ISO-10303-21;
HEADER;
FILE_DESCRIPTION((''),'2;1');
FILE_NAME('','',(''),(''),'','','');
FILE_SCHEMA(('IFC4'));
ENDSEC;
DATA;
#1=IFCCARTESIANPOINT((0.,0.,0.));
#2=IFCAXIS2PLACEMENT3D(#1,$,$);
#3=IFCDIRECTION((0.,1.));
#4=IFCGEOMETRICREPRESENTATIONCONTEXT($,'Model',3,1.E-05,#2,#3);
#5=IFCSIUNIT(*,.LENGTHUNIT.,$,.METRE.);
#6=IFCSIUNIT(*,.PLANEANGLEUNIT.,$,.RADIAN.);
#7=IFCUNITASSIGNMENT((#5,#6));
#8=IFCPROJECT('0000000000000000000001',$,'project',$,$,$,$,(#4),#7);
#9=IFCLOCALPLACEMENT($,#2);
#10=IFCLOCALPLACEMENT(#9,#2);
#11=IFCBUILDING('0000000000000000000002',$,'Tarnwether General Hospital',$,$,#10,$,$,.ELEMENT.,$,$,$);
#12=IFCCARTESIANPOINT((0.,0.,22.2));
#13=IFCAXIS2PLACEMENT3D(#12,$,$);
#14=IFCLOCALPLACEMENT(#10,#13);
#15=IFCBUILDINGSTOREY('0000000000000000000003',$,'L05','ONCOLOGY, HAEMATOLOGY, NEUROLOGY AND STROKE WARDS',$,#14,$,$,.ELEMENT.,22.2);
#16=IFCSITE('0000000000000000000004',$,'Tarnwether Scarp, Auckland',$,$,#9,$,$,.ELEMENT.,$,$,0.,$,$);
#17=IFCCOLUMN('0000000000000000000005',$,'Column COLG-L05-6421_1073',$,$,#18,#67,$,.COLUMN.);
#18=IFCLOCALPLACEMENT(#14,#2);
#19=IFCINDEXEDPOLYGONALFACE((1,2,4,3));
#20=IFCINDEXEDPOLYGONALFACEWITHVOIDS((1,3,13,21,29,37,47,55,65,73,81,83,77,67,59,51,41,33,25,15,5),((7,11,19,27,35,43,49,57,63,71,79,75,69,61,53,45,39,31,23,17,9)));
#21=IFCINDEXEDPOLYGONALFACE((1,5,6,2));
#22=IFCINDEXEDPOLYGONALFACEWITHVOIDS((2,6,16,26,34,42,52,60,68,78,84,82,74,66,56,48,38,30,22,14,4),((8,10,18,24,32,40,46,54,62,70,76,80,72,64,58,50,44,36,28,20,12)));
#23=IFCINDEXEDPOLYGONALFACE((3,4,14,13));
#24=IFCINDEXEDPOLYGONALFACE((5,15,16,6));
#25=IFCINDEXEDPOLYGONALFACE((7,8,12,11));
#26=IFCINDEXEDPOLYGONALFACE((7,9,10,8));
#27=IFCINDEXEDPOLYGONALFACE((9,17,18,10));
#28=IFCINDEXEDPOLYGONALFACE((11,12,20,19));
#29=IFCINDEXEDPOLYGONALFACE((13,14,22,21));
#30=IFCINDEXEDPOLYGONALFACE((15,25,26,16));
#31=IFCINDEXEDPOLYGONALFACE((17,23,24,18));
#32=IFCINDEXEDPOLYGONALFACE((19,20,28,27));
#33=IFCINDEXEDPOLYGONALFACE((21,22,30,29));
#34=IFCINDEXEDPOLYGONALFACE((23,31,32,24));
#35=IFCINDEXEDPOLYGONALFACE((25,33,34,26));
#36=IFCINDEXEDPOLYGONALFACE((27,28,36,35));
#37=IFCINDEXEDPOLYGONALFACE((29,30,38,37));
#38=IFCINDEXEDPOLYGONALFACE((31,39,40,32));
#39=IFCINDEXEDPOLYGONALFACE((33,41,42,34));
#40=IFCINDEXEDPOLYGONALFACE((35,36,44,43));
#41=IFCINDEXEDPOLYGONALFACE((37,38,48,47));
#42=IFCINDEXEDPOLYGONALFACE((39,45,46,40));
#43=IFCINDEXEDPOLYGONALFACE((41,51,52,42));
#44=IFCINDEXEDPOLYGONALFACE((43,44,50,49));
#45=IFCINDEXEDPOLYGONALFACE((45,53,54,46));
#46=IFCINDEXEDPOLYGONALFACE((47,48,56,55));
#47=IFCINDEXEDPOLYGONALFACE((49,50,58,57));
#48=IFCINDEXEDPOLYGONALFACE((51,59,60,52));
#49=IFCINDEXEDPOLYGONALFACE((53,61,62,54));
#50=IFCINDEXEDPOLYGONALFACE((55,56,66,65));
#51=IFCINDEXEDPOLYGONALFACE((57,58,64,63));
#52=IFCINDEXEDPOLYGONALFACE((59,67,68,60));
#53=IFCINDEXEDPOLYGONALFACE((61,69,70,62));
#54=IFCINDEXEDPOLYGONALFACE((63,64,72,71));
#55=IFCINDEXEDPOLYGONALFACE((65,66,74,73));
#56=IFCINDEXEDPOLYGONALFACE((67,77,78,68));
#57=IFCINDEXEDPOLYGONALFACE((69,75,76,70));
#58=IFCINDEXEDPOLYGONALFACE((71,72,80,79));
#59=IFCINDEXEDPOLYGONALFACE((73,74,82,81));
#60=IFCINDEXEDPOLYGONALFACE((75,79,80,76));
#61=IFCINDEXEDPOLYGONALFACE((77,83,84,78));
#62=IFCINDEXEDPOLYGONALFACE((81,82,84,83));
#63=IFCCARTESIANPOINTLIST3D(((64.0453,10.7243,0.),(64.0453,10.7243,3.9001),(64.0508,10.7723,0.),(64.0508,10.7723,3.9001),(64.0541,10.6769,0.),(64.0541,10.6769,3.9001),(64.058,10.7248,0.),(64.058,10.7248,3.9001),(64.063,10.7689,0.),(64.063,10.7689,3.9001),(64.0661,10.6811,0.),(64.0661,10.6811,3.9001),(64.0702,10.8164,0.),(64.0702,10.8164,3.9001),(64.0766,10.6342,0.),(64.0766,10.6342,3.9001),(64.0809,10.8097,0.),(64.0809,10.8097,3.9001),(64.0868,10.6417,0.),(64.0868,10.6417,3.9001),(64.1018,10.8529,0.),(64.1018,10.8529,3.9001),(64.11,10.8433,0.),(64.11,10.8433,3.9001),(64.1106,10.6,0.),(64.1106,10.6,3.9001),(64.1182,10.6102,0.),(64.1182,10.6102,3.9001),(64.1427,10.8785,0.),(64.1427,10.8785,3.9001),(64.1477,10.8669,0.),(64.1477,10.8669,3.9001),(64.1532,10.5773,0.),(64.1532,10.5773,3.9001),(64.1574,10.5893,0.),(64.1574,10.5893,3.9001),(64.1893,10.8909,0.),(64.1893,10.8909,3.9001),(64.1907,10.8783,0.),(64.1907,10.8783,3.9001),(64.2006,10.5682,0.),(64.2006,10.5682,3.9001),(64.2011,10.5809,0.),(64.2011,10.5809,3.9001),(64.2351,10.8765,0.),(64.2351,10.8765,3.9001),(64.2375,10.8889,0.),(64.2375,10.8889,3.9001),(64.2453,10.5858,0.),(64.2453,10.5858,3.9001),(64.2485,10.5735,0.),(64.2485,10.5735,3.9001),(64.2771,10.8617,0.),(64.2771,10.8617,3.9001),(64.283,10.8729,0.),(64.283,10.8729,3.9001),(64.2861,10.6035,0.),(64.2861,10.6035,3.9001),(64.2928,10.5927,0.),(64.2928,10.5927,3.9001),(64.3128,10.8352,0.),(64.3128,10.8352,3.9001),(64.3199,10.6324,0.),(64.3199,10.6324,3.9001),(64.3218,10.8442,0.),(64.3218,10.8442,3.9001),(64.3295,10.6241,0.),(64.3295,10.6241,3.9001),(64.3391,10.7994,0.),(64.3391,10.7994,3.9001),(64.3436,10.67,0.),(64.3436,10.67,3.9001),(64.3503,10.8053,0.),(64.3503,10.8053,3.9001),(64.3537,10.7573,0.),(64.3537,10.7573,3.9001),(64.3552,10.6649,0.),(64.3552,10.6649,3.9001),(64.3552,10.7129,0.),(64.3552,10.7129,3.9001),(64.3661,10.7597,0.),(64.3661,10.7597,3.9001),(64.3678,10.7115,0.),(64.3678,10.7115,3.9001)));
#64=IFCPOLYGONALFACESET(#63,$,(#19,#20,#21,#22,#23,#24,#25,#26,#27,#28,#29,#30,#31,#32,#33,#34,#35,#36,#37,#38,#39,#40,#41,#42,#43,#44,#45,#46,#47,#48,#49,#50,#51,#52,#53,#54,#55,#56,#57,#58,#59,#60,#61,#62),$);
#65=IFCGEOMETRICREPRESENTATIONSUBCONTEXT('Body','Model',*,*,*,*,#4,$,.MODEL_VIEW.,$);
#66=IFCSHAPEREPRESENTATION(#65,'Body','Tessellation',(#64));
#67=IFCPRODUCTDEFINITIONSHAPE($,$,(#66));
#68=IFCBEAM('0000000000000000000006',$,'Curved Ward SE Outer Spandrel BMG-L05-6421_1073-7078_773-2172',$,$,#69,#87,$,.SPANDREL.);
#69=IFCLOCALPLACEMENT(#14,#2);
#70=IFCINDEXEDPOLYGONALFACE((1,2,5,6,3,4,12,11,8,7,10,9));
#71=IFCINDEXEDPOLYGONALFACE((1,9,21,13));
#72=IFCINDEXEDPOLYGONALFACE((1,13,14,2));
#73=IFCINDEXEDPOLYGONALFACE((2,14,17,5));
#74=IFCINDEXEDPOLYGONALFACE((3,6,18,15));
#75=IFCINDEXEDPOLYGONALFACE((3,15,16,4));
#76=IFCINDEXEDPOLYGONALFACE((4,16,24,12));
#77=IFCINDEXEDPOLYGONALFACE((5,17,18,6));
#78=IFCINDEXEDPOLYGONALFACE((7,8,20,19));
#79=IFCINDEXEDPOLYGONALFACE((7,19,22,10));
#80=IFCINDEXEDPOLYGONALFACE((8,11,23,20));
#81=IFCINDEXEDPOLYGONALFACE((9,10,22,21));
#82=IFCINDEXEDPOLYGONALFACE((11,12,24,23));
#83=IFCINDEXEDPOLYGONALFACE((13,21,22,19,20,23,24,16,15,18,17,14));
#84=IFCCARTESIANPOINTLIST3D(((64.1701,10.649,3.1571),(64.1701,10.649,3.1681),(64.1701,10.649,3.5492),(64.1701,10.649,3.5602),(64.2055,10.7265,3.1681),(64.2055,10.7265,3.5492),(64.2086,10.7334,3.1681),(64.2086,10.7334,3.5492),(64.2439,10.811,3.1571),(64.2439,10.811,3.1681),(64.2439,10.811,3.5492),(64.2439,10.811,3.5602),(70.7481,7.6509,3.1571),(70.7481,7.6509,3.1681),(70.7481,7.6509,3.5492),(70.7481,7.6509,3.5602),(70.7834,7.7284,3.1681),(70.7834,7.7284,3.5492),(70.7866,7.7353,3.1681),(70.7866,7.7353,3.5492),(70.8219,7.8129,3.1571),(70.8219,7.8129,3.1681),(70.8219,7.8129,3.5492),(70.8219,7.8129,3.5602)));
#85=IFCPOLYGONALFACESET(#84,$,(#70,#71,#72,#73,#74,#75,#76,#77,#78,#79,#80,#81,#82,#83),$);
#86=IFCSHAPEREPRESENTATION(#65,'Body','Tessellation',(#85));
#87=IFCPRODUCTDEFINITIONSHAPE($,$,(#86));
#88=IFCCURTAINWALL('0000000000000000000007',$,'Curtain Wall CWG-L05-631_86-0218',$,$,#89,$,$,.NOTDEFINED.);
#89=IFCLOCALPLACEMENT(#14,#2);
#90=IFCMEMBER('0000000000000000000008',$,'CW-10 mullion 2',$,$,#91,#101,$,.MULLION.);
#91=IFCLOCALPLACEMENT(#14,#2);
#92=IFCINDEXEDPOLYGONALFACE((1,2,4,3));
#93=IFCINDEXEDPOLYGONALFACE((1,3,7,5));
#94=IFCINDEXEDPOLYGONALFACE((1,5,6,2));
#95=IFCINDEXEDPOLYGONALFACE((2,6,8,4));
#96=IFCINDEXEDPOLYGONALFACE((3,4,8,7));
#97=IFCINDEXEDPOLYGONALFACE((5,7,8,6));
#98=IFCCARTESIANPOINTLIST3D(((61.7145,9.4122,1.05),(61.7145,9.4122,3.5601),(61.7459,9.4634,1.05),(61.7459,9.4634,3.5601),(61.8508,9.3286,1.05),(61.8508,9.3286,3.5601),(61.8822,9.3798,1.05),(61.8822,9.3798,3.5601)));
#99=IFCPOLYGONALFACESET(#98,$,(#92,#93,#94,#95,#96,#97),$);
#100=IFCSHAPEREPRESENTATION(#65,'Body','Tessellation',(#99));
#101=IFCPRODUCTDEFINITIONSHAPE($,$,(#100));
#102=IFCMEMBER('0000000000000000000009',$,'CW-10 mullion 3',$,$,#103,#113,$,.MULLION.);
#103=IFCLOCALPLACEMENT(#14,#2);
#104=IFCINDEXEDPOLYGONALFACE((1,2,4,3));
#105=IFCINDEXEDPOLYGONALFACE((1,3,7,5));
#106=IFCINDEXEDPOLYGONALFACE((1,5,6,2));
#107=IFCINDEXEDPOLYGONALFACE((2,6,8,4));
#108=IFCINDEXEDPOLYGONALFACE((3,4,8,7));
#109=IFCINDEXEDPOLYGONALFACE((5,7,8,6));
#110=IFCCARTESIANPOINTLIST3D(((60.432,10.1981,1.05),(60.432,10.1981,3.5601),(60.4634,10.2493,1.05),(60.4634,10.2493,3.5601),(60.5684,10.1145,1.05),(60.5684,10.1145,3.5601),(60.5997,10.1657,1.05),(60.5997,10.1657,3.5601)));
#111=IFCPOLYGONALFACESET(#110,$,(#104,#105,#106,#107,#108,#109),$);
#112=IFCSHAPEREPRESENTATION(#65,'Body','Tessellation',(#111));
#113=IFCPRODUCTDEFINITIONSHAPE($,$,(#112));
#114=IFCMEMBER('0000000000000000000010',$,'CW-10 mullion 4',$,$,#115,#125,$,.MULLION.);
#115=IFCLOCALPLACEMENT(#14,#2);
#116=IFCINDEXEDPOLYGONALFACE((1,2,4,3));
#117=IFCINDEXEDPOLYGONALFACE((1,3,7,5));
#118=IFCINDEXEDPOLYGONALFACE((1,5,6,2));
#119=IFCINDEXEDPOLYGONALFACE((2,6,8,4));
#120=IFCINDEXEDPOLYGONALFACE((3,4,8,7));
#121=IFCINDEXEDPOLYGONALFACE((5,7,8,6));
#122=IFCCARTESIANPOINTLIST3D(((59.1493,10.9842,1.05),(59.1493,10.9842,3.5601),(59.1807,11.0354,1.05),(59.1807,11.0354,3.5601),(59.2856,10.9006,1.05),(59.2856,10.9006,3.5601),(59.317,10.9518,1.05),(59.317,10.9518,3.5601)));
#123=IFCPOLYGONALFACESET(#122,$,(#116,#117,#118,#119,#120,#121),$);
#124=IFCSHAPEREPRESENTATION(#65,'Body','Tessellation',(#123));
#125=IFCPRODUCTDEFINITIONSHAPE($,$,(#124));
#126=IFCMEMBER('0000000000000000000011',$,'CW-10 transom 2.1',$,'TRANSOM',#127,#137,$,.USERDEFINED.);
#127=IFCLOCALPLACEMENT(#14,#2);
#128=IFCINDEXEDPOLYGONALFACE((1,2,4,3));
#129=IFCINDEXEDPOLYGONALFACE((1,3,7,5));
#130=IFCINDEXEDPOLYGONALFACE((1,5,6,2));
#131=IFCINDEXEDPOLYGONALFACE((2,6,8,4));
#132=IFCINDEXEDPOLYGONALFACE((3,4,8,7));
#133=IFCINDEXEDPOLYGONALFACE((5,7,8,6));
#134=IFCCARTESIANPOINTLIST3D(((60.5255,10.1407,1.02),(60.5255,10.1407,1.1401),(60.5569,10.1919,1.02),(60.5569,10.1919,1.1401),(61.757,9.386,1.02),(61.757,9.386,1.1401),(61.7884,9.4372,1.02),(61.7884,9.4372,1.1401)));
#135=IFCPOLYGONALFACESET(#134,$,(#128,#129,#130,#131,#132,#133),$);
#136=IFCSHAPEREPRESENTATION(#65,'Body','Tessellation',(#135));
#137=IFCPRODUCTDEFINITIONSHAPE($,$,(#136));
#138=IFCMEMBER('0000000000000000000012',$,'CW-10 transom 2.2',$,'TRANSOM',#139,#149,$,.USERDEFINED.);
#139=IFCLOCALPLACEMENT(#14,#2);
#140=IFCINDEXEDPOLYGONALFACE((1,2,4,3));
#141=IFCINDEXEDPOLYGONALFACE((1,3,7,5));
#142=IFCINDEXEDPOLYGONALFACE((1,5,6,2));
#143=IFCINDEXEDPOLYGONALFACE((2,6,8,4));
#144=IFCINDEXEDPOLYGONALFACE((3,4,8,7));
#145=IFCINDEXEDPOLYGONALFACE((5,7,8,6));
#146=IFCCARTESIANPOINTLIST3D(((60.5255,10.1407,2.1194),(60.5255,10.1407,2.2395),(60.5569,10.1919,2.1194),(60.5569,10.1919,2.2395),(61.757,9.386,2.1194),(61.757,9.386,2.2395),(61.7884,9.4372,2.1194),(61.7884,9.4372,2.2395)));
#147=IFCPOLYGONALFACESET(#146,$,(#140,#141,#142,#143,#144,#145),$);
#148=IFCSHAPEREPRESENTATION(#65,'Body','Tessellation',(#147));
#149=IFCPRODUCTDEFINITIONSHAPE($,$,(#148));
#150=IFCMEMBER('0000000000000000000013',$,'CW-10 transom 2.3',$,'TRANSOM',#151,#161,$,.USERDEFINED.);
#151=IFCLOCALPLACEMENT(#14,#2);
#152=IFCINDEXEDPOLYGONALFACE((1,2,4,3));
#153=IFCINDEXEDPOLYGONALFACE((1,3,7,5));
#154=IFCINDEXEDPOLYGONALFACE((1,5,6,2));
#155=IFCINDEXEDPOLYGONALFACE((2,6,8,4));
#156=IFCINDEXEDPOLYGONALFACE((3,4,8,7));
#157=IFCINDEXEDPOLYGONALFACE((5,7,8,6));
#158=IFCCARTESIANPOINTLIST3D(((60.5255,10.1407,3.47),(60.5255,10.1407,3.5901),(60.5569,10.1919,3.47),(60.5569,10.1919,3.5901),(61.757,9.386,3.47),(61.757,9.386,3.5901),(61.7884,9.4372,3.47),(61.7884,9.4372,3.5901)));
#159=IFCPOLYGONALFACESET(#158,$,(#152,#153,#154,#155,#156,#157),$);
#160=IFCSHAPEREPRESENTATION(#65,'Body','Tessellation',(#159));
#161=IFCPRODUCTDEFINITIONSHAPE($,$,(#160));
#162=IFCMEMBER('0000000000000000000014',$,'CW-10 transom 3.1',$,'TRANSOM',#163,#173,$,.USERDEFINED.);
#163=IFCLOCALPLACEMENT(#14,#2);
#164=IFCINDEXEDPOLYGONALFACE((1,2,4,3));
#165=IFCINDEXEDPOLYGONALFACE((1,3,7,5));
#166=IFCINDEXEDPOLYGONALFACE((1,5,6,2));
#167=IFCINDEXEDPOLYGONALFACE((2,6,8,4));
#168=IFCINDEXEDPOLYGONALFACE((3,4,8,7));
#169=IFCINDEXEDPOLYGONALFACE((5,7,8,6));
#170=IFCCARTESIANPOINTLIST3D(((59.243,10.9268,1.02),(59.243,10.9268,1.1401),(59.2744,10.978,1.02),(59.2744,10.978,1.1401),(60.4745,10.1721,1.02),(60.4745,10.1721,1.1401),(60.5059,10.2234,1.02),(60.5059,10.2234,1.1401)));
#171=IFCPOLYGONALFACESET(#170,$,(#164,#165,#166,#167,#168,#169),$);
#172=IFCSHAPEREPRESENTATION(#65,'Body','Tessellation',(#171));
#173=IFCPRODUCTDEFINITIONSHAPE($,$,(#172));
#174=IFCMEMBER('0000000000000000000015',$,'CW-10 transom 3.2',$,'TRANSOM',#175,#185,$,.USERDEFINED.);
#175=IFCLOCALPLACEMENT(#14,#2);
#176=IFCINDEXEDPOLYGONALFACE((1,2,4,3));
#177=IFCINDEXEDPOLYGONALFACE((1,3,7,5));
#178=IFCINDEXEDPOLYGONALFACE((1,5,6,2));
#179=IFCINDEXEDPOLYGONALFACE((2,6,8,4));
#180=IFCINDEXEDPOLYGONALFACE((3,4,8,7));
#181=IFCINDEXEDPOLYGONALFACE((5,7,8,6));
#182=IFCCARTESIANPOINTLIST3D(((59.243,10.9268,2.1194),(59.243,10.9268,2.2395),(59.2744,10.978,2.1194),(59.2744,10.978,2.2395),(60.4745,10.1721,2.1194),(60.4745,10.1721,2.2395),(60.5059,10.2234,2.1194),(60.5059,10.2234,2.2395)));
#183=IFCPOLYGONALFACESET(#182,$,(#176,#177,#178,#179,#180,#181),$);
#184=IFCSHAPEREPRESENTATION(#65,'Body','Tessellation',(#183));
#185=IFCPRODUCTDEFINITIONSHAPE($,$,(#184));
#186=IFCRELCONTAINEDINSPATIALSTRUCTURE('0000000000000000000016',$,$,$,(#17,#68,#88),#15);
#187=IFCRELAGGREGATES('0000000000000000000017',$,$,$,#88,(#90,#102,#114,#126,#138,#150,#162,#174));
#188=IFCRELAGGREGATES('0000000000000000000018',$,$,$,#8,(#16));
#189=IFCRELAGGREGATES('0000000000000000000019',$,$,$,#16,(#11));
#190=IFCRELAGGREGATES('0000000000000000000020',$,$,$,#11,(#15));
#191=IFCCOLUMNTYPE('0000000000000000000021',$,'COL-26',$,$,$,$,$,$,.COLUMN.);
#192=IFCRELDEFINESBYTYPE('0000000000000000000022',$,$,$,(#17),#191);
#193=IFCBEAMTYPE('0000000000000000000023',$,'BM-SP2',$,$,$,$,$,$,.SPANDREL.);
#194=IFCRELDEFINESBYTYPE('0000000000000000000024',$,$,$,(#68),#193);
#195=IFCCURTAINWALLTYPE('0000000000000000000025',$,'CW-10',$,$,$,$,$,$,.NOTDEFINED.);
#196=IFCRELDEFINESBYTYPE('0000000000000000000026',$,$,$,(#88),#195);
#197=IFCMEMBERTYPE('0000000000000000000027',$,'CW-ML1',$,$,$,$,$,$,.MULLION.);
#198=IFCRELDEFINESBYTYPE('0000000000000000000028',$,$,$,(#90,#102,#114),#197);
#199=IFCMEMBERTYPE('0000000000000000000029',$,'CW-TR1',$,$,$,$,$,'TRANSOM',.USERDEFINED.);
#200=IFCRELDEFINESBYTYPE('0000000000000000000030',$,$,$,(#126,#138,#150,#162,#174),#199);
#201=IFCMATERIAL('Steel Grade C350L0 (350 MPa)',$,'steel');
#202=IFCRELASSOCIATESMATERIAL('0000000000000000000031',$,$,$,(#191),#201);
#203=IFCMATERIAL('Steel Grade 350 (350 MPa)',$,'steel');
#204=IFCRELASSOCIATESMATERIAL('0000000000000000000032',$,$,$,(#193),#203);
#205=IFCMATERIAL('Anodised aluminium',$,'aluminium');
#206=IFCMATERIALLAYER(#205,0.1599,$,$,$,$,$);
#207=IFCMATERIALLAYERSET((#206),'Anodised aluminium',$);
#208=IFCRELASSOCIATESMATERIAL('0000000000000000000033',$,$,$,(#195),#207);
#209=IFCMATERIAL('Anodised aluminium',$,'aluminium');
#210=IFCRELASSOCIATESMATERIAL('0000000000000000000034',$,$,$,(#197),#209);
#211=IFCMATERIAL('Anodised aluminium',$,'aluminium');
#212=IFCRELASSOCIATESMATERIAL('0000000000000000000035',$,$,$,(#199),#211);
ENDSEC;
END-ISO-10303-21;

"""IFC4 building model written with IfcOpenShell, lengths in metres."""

from ifc_helpers import new_model, si_unit, direction, frame, origin, origin_2d, place, context, subcontext, project, spatial, rectangle, hollow_circle, i_section, extrude, material, layer, layer_set, material_profile, profile_set, type_object, element, aggregate, save


model = new_model("IFC4")

# Units and contexts
model_context = context("Model", 3, precision=1e-05, world=origin(), true_north=direction((0.0, 1.0)))
body_context = subcontext(model_context, "Body", "Model", "MODEL_VIEW")
ifc_project = project(units=[si_unit("LENGTHUNIT", "METRE"), si_unit("PLANEANGLEUNIT", "RADIAN")], contexts=[model_context])

# Site, building, storey
site_placement = place(None, origin())
site = spatial("IfcSite", under=ifc_project, at=site_placement, Name="Tarnwether Scarp, Auckland", CompositionType="ELEMENT", RefElevation=0.0)
building_placement = place(site_placement, origin())
building = spatial("IfcBuilding", under=site, at=building_placement, Name="Tarnwether General Hospital", CompositionType="ELEMENT")
storey_placement = place(building_placement, frame((0.0, 0.0, 22.2)))
storey = spatial("IfcBuildingStorey", under=building, at=storey_placement, Name="L05", Description="ONCOLOGY, HAEMATOLOGY, NEUROLOGY AND STROKE WARDS", CompositionType="ELEMENT", Elevation=22.2)

# Column
ifc_material_1 = material(Name="Steel Grade C350L0 (350 MPa)", Category="steel")
ifc_material_profile_1 = material_profile(ifc_material_1, hollow_circle(Radius=0.1619, WallThickness=0.0127, at=origin_2d()), Name="CHS323.9x12.7")
ifc_profile_set_1 = profile_set([ifc_material_profile_1], Name="Steel Grade C350L0 (350 MPa)")
column_type = type_object("IfcColumnType", Name="COL-26", PredefinedType="COLUMN", material=ifc_profile_set_1)
column_placement = place(storey_placement, frame((64.207, 10.73, 0.0), z_axis=(0.0, 0.0, 1.0), x_axis=(0.469472, 0.882948, 0.0)))
element("IfcColumn", 1, at=column_placement, inside=storey, type_object=column_type, Name="Column COLG-L05-6421_1073", PredefinedType="COLUMN", context=body_context, shape_type="SweptSolid", body=[
    extrude(hollow_circle(Radius=0.1619, WallThickness=0.0127, at=origin_2d()), origin(), (0.0, 0.0, 1.0), 3.9001),
])

# Beam
ifc_material_2 = material(Name="Steel Grade 350 (350 MPa)", Category="steel")
ifc_material_profile_2 = material_profile(ifc_material_2, i_section(OverallWidth=0.178, OverallDepth=0.4031, WebThickness=0.0076, FlangeThickness=0.011, at=origin_2d()), Name="410UB53.7")
ifc_profile_set_2 = profile_set([ifc_material_profile_2], Name="Steel Grade 350 (350 MPa)")
beam_type = type_object("IfcBeamType", Name="BM-SP2", PredefinedType="SPANDREL", material=ifc_profile_set_2)
beam_placement = place(storey_placement, frame((64.207, 10.73, 3.3586), z_axis=(0.909944, -0.414731, 0.0), x_axis=(0.414731, 0.909944, 0.0)))
element("IfcBeam", 2, at=beam_placement, inside=storey, type_object=beam_type, Name="Curved Ward SE Outer Spandrel BMG-L05-6421_1073-7078_773-2172", PredefinedType="SPANDREL", context=body_context, shape_type="SweptSolid", body=[
    extrude(i_section(OverallWidth=0.178, OverallDepth=0.4031, WebThickness=0.0076, FlangeThickness=0.011, at=origin_2d()), origin(), (0.0, 0.0, 1.0), 7.229),
])

# Curtain wall, members
ifc_material_3 = material(Name="Anodised aluminium", Category="aluminium")
ifc_layer_1 = layer(ifc_material_3, 0.1599)
ifc_layer_set_1 = layer_set([ifc_layer_1], Name="Anodised aluminium")
curtain_wall_type = type_object("IfcCurtainWallType", Name="CW-10", PredefinedType="NOTDEFINED", material=ifc_layer_set_1)
curtain_wall_placement = place(storey_placement, origin())
curtain_wall = element("IfcCurtainWall", 3, at=curtain_wall_placement, inside=storey, type_object=curtain_wall_type, Name="Curtain Wall CWG-L05-631_86-0218", PredefinedType="NOTDEFINED")
ifc_material_4 = material(Name="Anodised aluminium", Category="aluminium")
ifc_material_profile_3 = material_profile(ifc_material_4, rectangle(XDim=0.0601, YDim=0.1599, at=origin_2d()), Name="ALU-MUL-60x160")
ifc_profile_set_3 = profile_set([ifc_material_profile_3], Name="Anodised aluminium")
member_type_1 = type_object("IfcMemberType", Name="CW-ML1", PredefinedType="MULLION", material=ifc_profile_set_3)
member_1_placement = place(storey_placement, frame((61.7983, 9.396, 1.05), z_axis=(0.0, 0.0, 1.0), x_axis=(-0.522509, -0.852634, 0.0)))
member_1 = element("IfcMember", 4, at=member_1_placement, type_object=member_type_1, Name="CW-10 mullion 2", PredefinedType="MULLION", context=body_context, shape_type="SweptSolid", body=[
    extrude(rectangle(XDim=0.0601, YDim=0.1599, at=origin_2d()), origin(), (0.0, 0.0, 1.0), 2.51),
])
member_2_placement = place(storey_placement, frame((60.5159, 10.1819, 1.05), z_axis=(0.0, 0.0, 1.0), x_axis=(-0.522509, -0.852634, 0.0)))
member_2 = element("IfcMember", 5, at=member_2_placement, type_object=member_type_1, Name="CW-10 mullion 3", PredefinedType="MULLION", context=body_context, shape_type="SweptSolid", body=[
    extrude(rectangle(XDim=0.0601, YDim=0.1599, at=origin_2d()), origin(), (0.0, 0.0, 1.0), 2.51),
])
member_3_placement = place(storey_placement, frame((59.2332, 10.968, 1.05), z_axis=(0.0, 0.0, 1.0), x_axis=(-0.522509, -0.852634, 0.0)))
member_3 = element("IfcMember", 6, at=member_3_placement, type_object=member_type_1, Name="CW-10 mullion 4", PredefinedType="MULLION", context=body_context, shape_type="SweptSolid", body=[
    extrude(rectangle(XDim=0.0601, YDim=0.1599, at=origin_2d()), origin(), (0.0, 0.0, 1.0), 2.51),
])
ifc_material_5 = material(Name="Anodised aluminium", Category="aluminium")
ifc_material_profile_4 = material_profile(ifc_material_5, rectangle(XDim=0.0601, YDim=0.1201, at=origin_2d()), Name="ALU-TRN-60x120")
ifc_profile_set_4 = profile_set([ifc_material_profile_4], Name="Anodised aluminium")
member_type_2 = type_object("IfcMemberType", Name="CW-TR1", ElementType="TRANSOM", PredefinedType="USERDEFINED", material=ifc_profile_set_4)
member_4_placement = place(storey_placement, frame((61.7727, 9.4116, 1.0801), z_axis=(-0.852638, 0.522503, 0.0), x_axis=(-0.522503, -0.852638, 0.0)))
member_4 = element("IfcMember", 7, at=member_4_placement, type_object=member_type_2, Name="CW-10 transom 2.1", ObjectType="TRANSOM", PredefinedType="USERDEFINED", context=body_context, shape_type="SweptSolid", body=[
    extrude(rectangle(XDim=0.0601, YDim=0.1201, at=origin_2d()), origin(), (0.0, 0.0, 1.0), 1.4443),
])
member_5_placement = place(storey_placement, frame((61.7727, 9.4116, 2.1794), z_axis=(-0.852638, 0.522503, 0.0), x_axis=(-0.522503, -0.852638, 0.0)))
member_5 = element("IfcMember", 8, at=member_5_placement, type_object=member_type_2, Name="CW-10 transom 2.2", ObjectType="TRANSOM", PredefinedType="USERDEFINED", context=body_context, shape_type="SweptSolid", body=[
    extrude(rectangle(XDim=0.0601, YDim=0.1201, at=origin_2d()), origin(), (0.0, 0.0, 1.0), 1.4443),
])
member_6_placement = place(storey_placement, frame((61.7727, 9.4116, 3.53), z_axis=(-0.852638, 0.522503, 0.0), x_axis=(-0.522503, -0.852638, 0.0)))
member_6 = element("IfcMember", 9, at=member_6_placement, type_object=member_type_2, Name="CW-10 transom 2.3", ObjectType="TRANSOM", PredefinedType="USERDEFINED", context=body_context, shape_type="SweptSolid", body=[
    extrude(rectangle(XDim=0.0601, YDim=0.1201, at=origin_2d()), origin(), (0.0, 0.0, 1.0), 1.4443),
])
member_7_placement = place(storey_placement, frame((60.4902, 10.1978, 1.0801), z_axis=(-0.852638, 0.522503, 0.0), x_axis=(-0.522503, -0.852638, 0.0)))
member_7 = element("IfcMember", 10, at=member_7_placement, type_object=member_type_2, Name="CW-10 transom 3.1", ObjectType="TRANSOM", PredefinedType="USERDEFINED", context=body_context, shape_type="SweptSolid", body=[
    extrude(rectangle(XDim=0.0601, YDim=0.1201, at=origin_2d()), origin(), (0.0, 0.0, 1.0), 1.4443),
])
member_8_placement = place(storey_placement, frame((60.4902, 10.1978, 2.1794), z_axis=(-0.852638, 0.522503, 0.0), x_axis=(-0.522503, -0.852638, 0.0)))
member_8 = element("IfcMember", 11, at=member_8_placement, type_object=member_type_2, Name="CW-10 transom 3.2", ObjectType="TRANSOM", PredefinedType="USERDEFINED", context=body_context, shape_type="SweptSolid", body=[
    extrude(rectangle(XDim=0.0601, YDim=0.1201, at=origin_2d()), origin(), (0.0, 0.0, 1.0), 1.4443),
])
aggregate(curtain_wall, [member_1, member_2, member_3, member_4, member_5, member_6, member_7, member_8])

save(model, "model.ifc")
